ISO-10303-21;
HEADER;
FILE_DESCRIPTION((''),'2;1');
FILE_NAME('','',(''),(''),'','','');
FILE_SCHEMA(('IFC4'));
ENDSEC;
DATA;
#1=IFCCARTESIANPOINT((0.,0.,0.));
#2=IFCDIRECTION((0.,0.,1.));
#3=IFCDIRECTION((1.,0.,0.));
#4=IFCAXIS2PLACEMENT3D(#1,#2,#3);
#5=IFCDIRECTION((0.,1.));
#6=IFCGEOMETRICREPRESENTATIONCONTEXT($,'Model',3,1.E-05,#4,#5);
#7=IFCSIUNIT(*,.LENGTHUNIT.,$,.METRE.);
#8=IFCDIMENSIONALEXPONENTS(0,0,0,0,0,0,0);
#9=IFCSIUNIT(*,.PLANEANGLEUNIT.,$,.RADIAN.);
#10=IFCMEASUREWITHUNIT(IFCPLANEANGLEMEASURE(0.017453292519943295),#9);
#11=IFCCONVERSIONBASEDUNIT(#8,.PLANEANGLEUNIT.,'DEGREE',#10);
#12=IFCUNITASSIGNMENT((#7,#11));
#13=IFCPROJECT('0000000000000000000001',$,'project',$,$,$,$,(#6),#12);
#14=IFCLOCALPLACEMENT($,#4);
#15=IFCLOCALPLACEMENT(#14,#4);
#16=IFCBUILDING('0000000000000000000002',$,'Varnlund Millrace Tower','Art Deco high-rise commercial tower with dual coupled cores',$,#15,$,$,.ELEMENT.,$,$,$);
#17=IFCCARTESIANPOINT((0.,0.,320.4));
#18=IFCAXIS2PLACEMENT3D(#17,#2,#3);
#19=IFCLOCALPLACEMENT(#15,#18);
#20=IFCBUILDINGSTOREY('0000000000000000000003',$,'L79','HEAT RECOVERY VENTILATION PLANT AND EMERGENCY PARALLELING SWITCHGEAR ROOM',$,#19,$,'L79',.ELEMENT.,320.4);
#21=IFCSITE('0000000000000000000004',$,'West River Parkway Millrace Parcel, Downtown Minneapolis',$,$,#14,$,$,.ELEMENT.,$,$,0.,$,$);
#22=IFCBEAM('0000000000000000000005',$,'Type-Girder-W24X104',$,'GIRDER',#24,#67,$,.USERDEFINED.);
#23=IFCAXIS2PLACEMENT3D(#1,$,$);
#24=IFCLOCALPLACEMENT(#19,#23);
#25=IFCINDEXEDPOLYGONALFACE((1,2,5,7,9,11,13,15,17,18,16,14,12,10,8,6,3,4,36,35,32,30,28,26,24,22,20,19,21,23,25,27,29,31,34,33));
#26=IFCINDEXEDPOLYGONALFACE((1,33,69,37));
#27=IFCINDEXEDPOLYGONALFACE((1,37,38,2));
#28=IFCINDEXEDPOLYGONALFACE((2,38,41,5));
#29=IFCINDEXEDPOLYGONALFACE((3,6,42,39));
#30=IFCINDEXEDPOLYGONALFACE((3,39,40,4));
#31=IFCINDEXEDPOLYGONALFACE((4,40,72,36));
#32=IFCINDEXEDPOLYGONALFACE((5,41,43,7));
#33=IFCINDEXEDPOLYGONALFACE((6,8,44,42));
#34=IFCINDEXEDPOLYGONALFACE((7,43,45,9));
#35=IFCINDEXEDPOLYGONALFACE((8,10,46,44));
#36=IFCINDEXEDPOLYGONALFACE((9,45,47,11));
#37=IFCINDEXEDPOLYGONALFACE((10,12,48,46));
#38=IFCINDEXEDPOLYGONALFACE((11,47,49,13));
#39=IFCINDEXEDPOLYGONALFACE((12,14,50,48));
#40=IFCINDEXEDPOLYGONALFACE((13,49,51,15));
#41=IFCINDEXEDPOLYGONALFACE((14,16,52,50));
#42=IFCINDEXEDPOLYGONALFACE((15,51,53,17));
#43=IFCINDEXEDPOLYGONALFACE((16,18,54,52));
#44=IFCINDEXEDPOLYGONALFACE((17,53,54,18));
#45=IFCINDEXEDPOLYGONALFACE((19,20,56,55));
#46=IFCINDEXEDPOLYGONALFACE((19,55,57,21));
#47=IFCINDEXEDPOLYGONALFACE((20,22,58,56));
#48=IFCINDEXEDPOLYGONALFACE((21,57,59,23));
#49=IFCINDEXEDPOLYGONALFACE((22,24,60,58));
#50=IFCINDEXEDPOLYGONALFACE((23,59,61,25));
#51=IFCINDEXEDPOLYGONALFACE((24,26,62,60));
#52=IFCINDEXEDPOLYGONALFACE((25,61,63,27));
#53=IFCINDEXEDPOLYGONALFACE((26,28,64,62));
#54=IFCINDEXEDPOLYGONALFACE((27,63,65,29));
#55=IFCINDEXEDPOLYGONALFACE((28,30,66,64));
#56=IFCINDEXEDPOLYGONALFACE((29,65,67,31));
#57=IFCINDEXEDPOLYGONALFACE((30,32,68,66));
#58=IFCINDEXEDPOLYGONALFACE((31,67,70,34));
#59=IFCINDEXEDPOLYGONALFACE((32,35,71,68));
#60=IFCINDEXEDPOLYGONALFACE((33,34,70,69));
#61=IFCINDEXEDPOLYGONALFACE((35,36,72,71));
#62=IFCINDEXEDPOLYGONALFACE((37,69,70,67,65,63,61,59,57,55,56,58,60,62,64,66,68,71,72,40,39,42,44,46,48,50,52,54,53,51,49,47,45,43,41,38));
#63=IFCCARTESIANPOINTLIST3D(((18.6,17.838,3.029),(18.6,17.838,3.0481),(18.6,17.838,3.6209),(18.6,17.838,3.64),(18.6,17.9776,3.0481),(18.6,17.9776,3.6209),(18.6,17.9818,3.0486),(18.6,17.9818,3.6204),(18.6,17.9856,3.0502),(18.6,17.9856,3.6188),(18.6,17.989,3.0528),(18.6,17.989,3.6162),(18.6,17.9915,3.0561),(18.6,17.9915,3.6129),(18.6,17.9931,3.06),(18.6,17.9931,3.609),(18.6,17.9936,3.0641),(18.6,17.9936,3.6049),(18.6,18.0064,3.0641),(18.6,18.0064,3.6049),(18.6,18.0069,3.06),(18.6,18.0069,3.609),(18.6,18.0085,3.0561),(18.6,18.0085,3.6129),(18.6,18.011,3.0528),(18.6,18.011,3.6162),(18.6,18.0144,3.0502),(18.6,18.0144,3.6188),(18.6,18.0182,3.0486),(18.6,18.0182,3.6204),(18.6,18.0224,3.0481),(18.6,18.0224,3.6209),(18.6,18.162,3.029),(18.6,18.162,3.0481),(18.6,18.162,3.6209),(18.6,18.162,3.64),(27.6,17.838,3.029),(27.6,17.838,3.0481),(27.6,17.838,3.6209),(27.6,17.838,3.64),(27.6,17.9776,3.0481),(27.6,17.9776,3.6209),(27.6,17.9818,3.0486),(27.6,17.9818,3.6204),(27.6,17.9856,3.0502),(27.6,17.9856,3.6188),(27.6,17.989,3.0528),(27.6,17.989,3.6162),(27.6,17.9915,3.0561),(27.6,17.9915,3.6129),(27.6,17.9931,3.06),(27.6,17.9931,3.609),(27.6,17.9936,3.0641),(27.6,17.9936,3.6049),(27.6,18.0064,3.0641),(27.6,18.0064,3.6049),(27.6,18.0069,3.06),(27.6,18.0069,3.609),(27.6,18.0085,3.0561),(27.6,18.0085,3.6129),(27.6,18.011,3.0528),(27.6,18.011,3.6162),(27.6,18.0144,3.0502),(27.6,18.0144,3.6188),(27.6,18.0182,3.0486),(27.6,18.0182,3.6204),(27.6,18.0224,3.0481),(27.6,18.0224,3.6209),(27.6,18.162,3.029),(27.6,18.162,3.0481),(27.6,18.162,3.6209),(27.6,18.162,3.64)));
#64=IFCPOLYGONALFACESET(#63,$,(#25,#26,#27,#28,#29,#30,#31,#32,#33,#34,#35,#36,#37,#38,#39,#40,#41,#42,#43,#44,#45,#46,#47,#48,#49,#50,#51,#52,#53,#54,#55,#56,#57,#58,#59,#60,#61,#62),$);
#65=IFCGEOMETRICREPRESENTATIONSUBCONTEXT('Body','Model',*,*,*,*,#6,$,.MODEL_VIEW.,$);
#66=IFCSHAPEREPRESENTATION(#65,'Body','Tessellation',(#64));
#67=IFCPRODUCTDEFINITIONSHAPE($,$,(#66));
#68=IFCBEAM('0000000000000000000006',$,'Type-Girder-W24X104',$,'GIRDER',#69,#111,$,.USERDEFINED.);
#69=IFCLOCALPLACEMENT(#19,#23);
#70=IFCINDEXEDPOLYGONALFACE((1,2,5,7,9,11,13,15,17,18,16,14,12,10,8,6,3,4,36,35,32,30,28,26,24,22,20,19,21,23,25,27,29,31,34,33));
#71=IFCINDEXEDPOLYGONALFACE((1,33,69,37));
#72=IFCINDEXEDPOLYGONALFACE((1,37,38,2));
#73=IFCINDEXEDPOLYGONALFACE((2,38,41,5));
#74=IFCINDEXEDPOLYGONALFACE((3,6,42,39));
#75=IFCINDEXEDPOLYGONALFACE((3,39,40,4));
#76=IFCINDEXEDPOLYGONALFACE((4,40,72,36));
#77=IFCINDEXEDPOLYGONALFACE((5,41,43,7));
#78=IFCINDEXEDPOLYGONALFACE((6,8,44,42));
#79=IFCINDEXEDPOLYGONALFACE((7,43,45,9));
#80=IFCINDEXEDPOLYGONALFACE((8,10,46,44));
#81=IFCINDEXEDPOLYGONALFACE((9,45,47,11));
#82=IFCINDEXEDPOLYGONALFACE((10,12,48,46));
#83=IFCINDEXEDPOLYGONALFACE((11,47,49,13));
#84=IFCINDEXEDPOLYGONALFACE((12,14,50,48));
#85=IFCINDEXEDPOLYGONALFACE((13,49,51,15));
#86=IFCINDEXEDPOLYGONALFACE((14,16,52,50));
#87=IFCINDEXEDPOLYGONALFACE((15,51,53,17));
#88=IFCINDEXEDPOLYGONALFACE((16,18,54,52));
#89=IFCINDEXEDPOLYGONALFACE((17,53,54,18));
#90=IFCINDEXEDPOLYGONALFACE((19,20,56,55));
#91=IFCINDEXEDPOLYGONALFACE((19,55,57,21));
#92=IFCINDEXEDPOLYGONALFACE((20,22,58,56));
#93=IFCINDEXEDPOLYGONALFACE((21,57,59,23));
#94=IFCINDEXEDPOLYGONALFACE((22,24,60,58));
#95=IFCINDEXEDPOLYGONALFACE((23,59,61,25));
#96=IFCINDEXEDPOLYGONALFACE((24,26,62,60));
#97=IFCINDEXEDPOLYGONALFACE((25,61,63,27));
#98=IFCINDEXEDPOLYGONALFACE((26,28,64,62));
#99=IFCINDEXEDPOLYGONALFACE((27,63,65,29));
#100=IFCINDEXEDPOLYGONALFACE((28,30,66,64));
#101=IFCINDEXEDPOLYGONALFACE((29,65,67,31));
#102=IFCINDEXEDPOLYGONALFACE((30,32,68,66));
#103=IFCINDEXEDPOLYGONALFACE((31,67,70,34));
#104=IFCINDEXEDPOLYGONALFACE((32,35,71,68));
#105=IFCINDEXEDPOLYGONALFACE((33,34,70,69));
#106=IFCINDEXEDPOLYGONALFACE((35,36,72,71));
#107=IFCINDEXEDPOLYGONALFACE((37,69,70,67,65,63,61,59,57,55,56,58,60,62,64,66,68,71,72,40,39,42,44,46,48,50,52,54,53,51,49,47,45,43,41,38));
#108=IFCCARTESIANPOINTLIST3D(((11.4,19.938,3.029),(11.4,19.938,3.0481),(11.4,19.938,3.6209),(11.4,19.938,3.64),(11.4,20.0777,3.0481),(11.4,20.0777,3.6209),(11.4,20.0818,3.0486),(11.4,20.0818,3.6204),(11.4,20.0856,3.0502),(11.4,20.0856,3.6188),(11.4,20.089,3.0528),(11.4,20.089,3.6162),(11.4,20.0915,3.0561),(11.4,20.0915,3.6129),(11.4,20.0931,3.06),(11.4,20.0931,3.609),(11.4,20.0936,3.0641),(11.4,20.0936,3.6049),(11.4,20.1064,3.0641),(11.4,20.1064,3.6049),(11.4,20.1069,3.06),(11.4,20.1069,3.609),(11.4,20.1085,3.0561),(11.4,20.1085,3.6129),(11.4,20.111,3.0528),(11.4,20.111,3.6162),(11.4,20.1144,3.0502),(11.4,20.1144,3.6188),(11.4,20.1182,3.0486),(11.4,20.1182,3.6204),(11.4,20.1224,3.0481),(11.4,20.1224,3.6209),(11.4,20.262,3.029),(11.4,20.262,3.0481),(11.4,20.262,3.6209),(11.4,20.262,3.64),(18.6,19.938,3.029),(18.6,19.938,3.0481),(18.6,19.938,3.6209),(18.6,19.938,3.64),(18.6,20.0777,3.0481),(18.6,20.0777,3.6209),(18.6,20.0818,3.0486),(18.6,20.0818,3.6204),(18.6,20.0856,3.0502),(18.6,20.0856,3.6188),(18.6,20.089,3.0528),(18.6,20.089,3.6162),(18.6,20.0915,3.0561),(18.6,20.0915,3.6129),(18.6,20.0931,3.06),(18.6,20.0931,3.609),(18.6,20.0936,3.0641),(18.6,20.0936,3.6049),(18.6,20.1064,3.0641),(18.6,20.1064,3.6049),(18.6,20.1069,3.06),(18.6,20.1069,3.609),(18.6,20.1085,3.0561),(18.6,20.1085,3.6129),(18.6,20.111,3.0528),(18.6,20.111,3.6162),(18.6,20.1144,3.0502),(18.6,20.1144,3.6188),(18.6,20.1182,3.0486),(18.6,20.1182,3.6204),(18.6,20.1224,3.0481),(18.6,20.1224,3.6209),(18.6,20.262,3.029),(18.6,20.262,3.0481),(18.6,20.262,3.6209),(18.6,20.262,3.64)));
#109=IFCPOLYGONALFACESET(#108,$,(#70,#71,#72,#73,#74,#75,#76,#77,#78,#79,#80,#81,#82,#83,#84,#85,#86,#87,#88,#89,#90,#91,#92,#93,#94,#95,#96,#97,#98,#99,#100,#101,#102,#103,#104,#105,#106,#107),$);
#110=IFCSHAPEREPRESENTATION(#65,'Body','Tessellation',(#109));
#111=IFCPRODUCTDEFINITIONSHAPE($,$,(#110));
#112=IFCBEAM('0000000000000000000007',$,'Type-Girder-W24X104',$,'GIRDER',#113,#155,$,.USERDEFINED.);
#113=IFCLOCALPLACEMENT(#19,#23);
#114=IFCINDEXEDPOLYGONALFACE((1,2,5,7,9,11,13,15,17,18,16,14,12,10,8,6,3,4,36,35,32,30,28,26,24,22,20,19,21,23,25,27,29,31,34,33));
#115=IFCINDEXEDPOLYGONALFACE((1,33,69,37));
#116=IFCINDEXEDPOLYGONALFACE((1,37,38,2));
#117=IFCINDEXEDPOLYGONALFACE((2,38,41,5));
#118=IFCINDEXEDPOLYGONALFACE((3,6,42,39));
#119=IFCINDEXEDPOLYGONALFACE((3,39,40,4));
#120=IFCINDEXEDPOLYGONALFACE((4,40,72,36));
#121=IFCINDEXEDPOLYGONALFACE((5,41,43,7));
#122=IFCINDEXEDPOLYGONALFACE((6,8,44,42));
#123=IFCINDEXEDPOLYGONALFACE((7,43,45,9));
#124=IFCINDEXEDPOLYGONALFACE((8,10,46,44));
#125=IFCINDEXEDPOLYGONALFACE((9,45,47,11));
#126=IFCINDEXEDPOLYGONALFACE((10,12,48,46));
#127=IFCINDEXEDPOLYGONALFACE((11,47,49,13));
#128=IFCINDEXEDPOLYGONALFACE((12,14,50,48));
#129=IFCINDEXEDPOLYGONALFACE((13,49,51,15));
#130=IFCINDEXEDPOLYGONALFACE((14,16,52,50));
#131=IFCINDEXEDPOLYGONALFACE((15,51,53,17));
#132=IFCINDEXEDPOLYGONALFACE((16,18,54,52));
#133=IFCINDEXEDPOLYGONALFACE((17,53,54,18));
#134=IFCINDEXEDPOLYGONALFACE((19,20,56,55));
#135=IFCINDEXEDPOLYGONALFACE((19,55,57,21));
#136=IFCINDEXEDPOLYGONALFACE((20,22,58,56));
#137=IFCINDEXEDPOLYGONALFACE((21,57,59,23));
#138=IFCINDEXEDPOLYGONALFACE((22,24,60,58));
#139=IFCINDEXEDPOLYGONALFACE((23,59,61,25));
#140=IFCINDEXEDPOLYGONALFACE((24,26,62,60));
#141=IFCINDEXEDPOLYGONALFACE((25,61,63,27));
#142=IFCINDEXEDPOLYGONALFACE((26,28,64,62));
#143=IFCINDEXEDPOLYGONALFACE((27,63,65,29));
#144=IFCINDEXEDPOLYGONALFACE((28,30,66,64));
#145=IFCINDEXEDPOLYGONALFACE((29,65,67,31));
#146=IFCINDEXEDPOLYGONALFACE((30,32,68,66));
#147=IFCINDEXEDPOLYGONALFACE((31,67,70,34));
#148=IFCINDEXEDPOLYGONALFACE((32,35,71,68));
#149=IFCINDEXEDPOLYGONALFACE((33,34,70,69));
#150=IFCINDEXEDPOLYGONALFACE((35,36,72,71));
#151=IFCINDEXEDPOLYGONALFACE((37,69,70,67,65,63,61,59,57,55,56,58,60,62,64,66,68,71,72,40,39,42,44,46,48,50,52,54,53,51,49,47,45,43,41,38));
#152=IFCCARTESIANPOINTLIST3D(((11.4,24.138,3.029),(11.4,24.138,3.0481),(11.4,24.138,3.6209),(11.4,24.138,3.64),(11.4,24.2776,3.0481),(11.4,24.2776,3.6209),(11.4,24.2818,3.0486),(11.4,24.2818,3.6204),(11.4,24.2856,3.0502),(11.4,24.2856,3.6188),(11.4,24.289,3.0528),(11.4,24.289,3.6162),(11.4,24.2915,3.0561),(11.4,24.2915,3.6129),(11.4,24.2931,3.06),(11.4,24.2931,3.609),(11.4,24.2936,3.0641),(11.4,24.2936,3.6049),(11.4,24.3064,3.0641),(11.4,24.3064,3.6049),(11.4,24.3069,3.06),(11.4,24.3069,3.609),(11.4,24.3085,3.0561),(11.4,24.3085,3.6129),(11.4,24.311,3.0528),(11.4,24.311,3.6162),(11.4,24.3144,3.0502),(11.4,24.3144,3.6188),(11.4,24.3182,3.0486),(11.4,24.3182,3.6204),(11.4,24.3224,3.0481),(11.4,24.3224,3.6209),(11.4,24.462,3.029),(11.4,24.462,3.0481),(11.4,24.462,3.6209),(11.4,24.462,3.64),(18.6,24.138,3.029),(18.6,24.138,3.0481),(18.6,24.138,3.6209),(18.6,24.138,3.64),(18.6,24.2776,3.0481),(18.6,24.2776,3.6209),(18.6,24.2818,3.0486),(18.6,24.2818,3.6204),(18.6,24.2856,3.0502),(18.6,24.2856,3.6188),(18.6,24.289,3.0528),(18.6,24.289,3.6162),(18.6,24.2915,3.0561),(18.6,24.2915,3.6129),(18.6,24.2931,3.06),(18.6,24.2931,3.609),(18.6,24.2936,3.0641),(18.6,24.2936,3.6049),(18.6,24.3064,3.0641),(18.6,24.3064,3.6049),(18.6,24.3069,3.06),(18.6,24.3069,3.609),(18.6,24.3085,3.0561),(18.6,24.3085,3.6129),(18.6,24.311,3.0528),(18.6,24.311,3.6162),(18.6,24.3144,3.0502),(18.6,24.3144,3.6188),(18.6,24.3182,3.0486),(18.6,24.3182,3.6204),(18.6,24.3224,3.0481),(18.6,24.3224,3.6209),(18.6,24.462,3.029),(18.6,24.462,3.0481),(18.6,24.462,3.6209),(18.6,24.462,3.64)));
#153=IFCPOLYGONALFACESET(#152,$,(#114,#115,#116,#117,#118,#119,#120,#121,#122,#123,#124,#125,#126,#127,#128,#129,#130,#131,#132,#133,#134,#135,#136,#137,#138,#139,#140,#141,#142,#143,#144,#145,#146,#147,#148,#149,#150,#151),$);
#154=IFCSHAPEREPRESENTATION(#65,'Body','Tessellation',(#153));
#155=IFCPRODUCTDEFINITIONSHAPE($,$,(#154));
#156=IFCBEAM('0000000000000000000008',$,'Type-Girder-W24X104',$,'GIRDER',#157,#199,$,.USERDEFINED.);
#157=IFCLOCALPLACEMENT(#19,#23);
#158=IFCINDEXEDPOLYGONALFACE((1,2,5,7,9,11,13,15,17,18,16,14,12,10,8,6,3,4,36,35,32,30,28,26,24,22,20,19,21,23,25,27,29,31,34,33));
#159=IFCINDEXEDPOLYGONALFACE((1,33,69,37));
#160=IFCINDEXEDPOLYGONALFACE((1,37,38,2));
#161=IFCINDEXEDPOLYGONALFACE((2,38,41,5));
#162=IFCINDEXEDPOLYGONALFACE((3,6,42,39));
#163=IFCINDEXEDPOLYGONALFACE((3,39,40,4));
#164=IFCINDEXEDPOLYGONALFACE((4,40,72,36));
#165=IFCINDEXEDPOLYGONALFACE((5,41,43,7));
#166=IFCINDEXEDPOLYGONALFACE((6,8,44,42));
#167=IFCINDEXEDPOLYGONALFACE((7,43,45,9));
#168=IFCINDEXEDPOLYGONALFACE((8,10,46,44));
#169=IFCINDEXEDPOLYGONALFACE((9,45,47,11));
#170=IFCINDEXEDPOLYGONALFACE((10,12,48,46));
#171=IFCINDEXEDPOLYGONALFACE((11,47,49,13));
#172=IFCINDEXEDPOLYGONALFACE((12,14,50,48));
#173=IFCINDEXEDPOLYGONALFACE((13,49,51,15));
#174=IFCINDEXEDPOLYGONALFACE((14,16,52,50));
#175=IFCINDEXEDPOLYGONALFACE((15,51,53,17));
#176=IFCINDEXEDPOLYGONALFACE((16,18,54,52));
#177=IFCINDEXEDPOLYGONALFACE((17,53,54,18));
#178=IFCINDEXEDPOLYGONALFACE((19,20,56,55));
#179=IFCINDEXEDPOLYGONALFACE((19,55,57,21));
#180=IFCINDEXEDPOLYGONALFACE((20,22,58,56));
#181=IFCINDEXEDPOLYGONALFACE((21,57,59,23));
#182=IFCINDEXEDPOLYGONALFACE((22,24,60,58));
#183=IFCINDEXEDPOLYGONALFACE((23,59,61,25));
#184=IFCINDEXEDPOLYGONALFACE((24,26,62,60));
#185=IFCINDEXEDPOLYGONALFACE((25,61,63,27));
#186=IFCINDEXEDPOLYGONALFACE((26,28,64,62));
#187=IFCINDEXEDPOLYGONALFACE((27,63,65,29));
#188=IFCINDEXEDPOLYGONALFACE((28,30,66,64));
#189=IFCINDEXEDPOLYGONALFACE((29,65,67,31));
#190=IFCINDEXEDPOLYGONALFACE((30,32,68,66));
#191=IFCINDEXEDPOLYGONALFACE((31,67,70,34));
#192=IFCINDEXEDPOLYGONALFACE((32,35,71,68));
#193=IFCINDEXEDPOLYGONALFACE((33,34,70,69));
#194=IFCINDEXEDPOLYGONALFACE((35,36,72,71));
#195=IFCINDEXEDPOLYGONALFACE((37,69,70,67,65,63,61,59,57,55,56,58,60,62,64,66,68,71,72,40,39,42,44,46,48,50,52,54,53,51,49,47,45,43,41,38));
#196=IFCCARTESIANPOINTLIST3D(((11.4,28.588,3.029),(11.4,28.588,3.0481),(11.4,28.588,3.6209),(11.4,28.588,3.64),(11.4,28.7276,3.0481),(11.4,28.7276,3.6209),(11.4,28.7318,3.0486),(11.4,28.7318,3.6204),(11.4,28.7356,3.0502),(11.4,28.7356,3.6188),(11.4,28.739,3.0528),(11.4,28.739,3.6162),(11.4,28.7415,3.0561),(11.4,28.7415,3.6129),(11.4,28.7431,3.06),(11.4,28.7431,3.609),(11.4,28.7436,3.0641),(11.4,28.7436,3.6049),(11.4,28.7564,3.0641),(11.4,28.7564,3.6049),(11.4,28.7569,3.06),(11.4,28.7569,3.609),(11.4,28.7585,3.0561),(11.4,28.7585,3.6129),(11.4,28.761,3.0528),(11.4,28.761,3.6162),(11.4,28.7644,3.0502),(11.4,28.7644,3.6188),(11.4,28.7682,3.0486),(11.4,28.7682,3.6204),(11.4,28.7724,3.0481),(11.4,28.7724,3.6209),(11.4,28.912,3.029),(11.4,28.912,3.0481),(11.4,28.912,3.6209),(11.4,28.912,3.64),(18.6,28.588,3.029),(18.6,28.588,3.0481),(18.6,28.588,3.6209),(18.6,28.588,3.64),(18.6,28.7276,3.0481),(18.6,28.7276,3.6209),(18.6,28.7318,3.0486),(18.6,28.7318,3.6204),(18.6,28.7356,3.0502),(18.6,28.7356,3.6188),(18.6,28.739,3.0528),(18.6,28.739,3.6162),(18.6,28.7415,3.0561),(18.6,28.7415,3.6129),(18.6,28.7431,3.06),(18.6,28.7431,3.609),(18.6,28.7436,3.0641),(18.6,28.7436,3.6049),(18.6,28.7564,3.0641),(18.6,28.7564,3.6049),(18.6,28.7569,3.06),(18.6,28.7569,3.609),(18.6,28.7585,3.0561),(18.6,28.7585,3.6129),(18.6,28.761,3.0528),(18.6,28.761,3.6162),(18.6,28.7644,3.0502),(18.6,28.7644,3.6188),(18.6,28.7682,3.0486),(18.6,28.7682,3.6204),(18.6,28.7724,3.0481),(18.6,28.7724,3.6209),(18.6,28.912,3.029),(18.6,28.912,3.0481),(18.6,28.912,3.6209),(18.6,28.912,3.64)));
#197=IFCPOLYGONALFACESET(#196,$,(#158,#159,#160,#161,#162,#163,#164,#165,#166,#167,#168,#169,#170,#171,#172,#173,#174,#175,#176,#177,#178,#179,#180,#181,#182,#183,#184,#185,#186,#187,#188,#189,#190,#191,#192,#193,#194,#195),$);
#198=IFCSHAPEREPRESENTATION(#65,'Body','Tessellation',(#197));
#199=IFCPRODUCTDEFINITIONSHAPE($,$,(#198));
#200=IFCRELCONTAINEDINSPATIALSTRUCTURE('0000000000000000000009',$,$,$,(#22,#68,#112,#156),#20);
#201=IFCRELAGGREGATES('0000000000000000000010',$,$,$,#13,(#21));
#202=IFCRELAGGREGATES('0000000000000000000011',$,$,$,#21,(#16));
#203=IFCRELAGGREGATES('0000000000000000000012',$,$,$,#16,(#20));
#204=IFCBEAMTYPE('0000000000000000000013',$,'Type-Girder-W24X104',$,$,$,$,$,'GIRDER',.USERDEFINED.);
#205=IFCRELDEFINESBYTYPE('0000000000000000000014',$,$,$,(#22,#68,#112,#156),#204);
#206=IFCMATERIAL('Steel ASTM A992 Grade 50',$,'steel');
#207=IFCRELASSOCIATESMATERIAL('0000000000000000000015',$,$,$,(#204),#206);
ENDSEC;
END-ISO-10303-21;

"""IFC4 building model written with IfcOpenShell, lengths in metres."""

from ifc_helpers import new_model, entity, si_unit, converted_unit, direction, frame, origin_with_axes, origin_2d_with_axis, place, context, subcontext, project, spatial, i_section, extrude, material, material_profile, profile_set, type_object, element, save


model = new_model("IFC4")

# Units and contexts
model_context = context("Model", 3, precision=1e-05, world=origin_with_axes(), true_north=direction((0.0, 1.0)))
body_context = subcontext(model_context, "Body", "Model", "MODEL_VIEW")
ifc_project = project(units=[si_unit("LENGTHUNIT", "METRE"), converted_unit("PLANEANGLEUNIT", "DEGREE", entity("IfcPlaneAngleMeasure", 0.017453292519943295), si_unit("PLANEANGLEUNIT", "RADIAN"), dimensions=[0, 0, 0, 0, 0, 0, 0])], contexts=[model_context])

# Site, building, storey
site_placement = place(None, origin_with_axes())
site = spatial("IfcSite", under=ifc_project, at=site_placement, Name="West River Parkway Millrace Parcel, Downtown Minneapolis", CompositionType="ELEMENT", RefElevation=0.0)
building_placement = place(site_placement, origin_with_axes())
building = spatial("IfcBuilding", under=site, at=building_placement, Name="Varnlund Millrace Tower", Description="Art Deco high-rise commercial tower with dual coupled cores", CompositionType="ELEMENT")
storey_placement = place(building_placement, frame((0.0, 0.0, 320.4), z_axis=(0.0, 0.0, 1.0), x_axis=(1.0, 0.0, 0.0)))
storey = spatial("IfcBuildingStorey", under=building, at=storey_placement, Name="L79", Description="HEAT RECOVERY VENTILATION PLANT AND EMERGENCY PARALLELING SWITCHGEAR ROOM", LongName="L79", CompositionType="ELEMENT", Elevation=320.4)

# Shared definitions
ifc_material_1 = material(Name="Steel ASTM A992 Grade 50", Category="steel")

# Beams
ifc_material_profile_1 = material_profile(ifc_material_1, i_section(OverallWidth=0.324, OverallDepth=0.611, WebThickness=0.0127, FlangeThickness=0.0191, FilletRadius=0.016, at=origin_2d_with_axis()), Name="Steel ASTM A992 Grade 50")
ifc_profile_set_1 = profile_set([ifc_material_profile_1], Name="Steel ASTM A992 Grade 50")
beam_type_1 = type_object("IfcBeamType", Name="Type-Girder-W24X104", ElementType="GIRDER", PredefinedType="USERDEFINED", material=ifc_profile_set_1)
for number, where, z_axis, x_axis, name in (
    (1, (18.6, 18.0, 3.3345), (1.0, 0.0, 0.0), (0.0, 1.0, 0.0), "Type-Girder-W24X104"),
):
    element("IfcBeam", number, at=place(storey_placement, frame(where, z_axis=z_axis, x_axis=x_axis)), inside=storey, type_object=beam_type_1, Name=name, ObjectType="GIRDER", PredefinedType="USERDEFINED", context=body_context, shape_type="SweptSolid", body=[
        extrude(i_section(OverallWidth=0.324, OverallDepth=0.611, WebThickness=0.0127, FlangeThickness=0.0191, FilletRadius=0.016, at=origin_2d_with_axis()), origin_with_axes(), (0.0, 0.0, 1.0), 9.0),
    ])
for number, where, z_axis, x_axis, name in (
    (2, (11.4, 20.1, 3.3345), (1.0, 0.0, 0.0), (0.0, 1.0, 0.0), "Type-Girder-W24X104"),
    (3, (11.4, 24.3, 3.3345), (1.0, 0.0, 0.0), (0.0, 1.0, 0.0), "Type-Girder-W24X104"),
    (4, (11.4, 28.75, 3.3345), (1.0, 0.0, 0.0), (0.0, 1.0, 0.0), "Type-Girder-W24X104"),
):
    element("IfcBeam", number, at=place(storey_placement, frame(where, z_axis=z_axis, x_axis=x_axis)), inside=storey, type_object=beam_type_1, Name=name, ObjectType="GIRDER", PredefinedType="USERDEFINED", context=body_context, shape_type="SweptSolid", body=[
        extrude(i_section(OverallWidth=0.324, OverallDepth=0.611, WebThickness=0.0127, FlangeThickness=0.0191, FilletRadius=0.016, at=origin_2d_with_axis()), origin_with_axes(), (0.0, 0.0, 1.0), 7.2),
    ])

save(model, "model.ifc")
